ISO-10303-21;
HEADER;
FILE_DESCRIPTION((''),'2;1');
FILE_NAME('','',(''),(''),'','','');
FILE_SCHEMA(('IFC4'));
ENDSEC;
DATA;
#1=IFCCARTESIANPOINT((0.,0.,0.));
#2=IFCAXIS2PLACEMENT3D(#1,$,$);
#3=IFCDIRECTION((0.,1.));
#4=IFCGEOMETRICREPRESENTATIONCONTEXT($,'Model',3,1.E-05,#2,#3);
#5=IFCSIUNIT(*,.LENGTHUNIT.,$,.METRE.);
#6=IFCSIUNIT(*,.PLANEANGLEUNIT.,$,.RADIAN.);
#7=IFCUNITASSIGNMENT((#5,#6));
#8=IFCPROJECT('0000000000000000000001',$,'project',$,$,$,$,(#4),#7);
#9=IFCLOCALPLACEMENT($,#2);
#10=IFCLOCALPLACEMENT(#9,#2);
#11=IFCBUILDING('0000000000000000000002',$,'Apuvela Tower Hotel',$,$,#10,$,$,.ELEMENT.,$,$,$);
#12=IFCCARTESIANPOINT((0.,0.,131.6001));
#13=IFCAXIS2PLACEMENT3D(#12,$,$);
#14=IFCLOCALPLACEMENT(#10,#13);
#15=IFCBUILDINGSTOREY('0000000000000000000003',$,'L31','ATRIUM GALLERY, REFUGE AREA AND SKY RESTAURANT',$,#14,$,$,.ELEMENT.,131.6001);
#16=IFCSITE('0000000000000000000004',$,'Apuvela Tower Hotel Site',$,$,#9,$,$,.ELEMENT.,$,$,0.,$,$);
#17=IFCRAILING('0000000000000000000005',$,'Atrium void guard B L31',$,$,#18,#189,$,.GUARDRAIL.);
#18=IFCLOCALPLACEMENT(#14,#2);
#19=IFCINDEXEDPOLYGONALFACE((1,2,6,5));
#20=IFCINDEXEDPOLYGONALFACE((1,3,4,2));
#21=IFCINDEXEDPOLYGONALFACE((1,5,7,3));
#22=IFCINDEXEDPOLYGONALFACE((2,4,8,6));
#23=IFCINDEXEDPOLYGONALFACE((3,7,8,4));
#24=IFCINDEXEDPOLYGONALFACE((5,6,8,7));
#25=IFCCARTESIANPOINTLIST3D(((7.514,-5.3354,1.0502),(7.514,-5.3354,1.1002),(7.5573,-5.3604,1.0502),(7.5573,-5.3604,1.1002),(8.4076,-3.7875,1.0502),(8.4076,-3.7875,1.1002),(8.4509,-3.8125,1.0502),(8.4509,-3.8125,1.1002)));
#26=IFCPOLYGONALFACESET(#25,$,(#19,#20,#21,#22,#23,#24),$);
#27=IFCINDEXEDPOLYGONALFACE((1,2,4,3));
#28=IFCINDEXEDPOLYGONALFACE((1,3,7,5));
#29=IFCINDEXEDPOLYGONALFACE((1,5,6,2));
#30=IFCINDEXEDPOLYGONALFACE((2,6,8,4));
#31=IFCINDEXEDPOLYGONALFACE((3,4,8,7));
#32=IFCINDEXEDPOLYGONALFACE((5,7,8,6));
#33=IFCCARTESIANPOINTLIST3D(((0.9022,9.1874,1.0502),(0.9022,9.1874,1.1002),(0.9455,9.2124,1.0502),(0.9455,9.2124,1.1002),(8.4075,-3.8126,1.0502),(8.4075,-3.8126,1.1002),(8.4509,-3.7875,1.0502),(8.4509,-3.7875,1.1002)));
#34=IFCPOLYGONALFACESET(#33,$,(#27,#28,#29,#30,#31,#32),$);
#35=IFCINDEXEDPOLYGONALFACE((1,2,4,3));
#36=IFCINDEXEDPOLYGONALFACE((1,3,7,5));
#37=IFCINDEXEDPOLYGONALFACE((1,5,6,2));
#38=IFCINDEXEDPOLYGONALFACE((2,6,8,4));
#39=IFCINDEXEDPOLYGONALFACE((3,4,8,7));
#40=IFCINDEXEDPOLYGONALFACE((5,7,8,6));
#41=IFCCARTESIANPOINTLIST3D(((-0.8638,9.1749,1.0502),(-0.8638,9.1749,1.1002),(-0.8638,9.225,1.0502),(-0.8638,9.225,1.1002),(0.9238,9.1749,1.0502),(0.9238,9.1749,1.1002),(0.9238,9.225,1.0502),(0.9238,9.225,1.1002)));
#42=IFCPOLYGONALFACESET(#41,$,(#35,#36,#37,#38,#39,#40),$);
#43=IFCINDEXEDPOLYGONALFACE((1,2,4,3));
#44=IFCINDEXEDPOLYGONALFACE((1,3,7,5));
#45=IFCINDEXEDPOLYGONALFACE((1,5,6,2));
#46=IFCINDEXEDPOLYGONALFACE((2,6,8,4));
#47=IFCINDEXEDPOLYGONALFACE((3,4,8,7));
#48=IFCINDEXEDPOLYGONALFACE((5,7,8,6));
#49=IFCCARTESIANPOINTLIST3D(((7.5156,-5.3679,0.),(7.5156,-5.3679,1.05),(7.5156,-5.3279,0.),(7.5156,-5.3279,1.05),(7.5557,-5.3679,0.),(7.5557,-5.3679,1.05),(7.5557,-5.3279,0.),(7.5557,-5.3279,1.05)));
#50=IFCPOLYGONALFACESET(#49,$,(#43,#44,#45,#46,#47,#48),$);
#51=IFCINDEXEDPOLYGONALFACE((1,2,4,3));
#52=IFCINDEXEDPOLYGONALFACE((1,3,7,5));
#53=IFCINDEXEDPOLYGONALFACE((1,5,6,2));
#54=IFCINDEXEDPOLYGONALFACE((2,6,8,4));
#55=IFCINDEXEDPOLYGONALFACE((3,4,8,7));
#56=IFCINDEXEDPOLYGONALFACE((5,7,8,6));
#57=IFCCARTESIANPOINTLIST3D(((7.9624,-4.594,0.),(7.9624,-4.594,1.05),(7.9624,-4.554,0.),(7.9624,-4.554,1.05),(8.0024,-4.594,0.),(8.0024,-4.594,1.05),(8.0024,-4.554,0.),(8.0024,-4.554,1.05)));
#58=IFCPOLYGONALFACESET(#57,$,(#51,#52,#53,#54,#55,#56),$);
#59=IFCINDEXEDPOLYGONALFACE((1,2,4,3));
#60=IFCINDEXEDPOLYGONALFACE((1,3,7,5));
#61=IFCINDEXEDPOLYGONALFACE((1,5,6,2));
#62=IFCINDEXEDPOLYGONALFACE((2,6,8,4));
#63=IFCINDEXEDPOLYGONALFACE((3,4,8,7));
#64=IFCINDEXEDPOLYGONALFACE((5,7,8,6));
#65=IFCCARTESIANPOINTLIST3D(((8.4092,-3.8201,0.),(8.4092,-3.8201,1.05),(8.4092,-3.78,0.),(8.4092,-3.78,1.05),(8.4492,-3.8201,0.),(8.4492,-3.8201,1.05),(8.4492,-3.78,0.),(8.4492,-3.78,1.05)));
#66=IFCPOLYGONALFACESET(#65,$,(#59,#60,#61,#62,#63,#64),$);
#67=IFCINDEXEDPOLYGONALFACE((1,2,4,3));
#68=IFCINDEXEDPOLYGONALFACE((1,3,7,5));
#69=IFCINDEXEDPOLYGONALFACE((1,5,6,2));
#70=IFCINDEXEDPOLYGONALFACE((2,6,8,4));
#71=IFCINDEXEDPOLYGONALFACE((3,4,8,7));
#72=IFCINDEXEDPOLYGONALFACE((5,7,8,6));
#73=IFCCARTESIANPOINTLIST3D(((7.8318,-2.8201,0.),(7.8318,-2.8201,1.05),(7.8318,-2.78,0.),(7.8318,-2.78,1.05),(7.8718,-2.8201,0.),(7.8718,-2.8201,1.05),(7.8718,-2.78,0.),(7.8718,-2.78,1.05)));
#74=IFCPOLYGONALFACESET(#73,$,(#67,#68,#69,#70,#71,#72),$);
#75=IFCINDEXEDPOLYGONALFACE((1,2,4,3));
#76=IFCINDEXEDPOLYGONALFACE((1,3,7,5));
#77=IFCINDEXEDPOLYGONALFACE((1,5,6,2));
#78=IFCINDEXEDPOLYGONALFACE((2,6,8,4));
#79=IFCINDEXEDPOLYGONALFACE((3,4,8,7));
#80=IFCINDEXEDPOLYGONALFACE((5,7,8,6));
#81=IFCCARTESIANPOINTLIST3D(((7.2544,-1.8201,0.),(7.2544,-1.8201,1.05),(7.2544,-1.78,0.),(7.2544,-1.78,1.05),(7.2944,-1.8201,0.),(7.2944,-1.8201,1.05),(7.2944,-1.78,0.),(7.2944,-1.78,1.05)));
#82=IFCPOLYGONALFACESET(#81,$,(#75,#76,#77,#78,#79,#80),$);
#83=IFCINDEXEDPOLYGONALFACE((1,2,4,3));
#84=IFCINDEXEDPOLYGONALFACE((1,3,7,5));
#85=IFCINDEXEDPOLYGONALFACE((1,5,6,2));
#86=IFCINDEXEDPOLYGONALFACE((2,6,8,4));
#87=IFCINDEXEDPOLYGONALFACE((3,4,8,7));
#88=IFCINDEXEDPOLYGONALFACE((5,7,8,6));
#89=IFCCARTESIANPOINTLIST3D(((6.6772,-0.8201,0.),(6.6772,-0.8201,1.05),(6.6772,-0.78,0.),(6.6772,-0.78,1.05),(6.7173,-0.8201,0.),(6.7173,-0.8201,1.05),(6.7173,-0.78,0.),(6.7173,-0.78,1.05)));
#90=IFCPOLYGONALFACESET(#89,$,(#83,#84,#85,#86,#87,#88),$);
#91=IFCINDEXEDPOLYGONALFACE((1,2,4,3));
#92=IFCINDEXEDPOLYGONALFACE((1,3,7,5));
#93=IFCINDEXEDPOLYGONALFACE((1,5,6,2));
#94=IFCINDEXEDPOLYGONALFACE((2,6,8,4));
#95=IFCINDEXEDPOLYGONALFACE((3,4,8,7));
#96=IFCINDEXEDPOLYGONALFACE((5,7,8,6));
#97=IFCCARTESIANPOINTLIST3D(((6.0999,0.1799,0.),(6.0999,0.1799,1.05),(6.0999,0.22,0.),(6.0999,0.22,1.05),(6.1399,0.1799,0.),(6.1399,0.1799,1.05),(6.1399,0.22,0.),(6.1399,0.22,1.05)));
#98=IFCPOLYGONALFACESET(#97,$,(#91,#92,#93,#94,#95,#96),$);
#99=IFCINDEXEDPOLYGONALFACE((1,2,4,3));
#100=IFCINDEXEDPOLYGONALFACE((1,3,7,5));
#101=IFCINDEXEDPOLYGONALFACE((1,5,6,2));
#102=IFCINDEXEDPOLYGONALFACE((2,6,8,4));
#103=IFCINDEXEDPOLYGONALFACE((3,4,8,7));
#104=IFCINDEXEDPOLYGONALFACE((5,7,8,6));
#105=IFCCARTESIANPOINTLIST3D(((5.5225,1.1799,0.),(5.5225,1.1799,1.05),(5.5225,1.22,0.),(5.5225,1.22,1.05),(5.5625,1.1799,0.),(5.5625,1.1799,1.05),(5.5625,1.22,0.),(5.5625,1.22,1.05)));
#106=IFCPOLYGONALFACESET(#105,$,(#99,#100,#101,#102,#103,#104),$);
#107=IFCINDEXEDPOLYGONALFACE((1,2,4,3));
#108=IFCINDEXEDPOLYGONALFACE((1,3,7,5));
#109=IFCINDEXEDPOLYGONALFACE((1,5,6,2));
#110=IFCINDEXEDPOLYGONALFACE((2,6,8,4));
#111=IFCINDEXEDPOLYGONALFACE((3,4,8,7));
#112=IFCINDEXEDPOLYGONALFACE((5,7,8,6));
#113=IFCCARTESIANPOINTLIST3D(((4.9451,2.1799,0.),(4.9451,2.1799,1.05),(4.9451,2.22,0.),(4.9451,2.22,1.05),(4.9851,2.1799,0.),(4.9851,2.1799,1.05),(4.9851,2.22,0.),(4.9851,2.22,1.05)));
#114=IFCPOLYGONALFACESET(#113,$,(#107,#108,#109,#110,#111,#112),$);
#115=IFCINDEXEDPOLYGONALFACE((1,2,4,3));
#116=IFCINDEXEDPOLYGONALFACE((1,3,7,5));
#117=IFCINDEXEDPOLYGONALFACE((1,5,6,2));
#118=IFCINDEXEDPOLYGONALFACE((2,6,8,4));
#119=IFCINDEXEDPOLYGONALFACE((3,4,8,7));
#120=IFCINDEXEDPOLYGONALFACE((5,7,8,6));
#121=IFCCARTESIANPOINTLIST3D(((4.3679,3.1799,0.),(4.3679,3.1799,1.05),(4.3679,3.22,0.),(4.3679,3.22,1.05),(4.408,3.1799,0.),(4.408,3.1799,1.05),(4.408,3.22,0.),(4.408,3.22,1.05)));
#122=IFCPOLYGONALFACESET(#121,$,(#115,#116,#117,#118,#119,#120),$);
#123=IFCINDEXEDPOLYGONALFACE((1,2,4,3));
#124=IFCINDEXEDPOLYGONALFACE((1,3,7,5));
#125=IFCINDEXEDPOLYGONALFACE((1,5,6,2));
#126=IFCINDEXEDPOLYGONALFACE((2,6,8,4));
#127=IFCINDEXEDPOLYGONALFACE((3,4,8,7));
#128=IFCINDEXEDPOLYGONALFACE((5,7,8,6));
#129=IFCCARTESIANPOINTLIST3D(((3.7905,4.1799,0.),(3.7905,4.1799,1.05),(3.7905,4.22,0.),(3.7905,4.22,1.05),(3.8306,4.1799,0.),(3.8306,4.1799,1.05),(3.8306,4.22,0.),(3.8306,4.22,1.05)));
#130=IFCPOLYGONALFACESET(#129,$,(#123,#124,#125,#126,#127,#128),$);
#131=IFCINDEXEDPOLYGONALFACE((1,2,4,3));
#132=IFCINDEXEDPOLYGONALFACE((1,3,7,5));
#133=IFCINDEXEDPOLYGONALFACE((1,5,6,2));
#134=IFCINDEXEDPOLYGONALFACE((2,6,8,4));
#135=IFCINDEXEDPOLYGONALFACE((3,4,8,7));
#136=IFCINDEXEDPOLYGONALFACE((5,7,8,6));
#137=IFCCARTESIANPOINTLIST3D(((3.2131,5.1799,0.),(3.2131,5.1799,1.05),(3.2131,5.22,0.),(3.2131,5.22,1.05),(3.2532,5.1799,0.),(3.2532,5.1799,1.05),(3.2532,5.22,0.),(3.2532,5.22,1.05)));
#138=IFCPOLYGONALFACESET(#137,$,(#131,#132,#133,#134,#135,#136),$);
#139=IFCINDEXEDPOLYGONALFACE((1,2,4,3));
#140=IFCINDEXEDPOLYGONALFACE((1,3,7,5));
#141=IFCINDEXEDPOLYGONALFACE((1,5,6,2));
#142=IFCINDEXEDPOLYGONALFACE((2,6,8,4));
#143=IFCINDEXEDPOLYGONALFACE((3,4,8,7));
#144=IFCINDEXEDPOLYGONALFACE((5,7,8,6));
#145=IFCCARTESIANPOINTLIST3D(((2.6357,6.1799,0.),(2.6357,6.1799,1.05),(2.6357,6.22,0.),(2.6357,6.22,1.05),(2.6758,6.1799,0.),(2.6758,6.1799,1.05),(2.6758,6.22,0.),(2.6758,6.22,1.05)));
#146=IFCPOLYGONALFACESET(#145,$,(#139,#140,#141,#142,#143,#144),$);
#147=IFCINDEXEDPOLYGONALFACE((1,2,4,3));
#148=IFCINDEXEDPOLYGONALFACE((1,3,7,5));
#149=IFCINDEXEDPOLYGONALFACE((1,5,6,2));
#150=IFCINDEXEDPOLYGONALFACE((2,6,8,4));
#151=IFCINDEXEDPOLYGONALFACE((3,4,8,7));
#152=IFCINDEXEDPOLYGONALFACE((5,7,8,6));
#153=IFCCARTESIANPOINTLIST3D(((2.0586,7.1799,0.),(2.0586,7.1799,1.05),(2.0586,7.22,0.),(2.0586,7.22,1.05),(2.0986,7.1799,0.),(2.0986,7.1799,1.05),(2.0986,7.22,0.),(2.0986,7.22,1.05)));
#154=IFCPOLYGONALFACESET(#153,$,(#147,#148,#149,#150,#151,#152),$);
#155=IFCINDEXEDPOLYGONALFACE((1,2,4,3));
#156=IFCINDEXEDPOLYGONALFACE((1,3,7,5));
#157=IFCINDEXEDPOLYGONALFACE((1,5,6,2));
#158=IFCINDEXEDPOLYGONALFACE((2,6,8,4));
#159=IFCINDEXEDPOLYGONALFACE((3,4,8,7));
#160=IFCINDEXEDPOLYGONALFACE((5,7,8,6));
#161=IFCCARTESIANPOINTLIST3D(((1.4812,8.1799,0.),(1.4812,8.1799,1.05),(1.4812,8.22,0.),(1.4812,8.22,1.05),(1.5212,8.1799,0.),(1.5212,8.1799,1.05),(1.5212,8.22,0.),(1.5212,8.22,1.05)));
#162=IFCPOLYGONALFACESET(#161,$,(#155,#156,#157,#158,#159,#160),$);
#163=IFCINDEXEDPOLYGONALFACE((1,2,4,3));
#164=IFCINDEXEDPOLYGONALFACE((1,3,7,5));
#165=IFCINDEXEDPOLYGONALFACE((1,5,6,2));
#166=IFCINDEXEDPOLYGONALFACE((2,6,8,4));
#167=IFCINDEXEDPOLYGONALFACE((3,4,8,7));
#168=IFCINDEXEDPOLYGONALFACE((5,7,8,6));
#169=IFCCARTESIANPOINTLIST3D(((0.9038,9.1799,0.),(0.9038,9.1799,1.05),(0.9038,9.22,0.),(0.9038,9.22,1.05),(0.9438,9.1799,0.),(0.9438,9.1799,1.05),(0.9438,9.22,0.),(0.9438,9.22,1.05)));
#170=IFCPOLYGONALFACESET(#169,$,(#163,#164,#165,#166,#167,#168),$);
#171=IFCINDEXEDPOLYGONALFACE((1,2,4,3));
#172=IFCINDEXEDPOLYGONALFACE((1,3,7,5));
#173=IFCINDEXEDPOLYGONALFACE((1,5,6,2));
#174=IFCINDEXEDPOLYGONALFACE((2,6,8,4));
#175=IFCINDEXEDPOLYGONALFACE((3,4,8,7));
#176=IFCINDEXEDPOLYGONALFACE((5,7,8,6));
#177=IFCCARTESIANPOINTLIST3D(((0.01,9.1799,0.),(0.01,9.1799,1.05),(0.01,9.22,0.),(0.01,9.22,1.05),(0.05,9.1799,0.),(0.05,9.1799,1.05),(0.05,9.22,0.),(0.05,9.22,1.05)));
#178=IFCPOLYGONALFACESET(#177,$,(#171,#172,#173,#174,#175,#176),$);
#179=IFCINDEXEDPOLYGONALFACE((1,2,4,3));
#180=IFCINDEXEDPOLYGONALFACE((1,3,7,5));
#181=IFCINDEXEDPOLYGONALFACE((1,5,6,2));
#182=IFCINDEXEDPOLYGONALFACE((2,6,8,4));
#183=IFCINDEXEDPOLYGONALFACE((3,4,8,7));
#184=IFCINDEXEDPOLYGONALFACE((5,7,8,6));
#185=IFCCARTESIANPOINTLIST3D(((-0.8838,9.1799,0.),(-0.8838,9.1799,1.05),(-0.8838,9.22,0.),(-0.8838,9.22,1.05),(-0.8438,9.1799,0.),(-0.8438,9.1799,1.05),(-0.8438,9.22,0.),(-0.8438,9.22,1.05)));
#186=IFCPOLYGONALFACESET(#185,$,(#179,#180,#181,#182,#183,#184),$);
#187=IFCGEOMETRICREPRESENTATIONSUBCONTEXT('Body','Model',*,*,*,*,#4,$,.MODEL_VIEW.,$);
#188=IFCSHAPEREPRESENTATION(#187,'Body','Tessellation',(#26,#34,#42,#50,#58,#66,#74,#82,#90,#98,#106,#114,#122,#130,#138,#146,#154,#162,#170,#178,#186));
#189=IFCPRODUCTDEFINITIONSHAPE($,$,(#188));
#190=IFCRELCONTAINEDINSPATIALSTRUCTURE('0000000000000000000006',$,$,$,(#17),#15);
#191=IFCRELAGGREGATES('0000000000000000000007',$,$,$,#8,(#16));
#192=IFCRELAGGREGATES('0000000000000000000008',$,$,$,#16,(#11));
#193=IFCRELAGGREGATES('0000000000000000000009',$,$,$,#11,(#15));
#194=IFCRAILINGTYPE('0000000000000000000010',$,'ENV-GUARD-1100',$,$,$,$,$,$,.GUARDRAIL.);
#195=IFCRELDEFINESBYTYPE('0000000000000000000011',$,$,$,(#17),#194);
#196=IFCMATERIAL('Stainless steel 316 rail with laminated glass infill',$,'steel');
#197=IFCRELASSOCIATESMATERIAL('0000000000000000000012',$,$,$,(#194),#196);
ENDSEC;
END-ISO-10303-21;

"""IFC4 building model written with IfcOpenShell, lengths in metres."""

from ifc_helpers import new_model, si_unit, direction, frame, origin, origin_2d, place, context, subcontext, project, spatial, rectangle, extrude, material, type_object, element, save


model = new_model("IFC4")

# Units and contexts
model_context = context("Model", 3, precision=1e-05, world=origin(), true_north=direction((0.0, 1.0)))
body_context = subcontext(model_context, "Body", "Model", "MODEL_VIEW")
ifc_project = project(units=[si_unit("LENGTHUNIT", "METRE"), si_unit("PLANEANGLEUNIT", "RADIAN")], contexts=[model_context])

# Site, building, storey
site_placement = place(None, origin())
site = spatial("IfcSite", under=ifc_project, at=site_placement, Name="Apuvela Tower Hotel Site", CompositionType="ELEMENT", RefElevation=0.0)
building_placement = place(site_placement, origin())
building = spatial("IfcBuilding", under=site, at=building_placement, Name="Apuvela Tower Hotel", CompositionType="ELEMENT")
storey_placement = place(building_placement, frame((0.0, 0.0, 131.6001)))
storey = spatial("IfcBuildingStorey", under=building, at=storey_placement, Name="L31", Description="ATRIUM GALLERY, REFUGE AREA AND SKY RESTAURANT", CompositionType="ELEMENT", Elevation=131.6001)

# Railing
ifc_material_1 = material(Name="Stainless steel 316 rail with laminated glass infill", Category="steel")
railing_type_1 = type_object("IfcRailingType", Name="ENV-GUARD-1100", PredefinedType="GUARDRAIL", material=ifc_material_1)
railing_1_placement = place(storey_placement, frame((7.5356, -5.3479, 0.0)))
element("IfcRailing", 1, at=railing_1_placement, inside=storey, type_object=railing_type_1, Name="Atrium void guard B L31", PredefinedType="GUARDRAIL", context=body_context, shape_type="SweptSolid", body=[
    extrude(rectangle(XDim=0.05, YDim=0.05, at=origin_2d()), frame((0.0, 0.0, 1.0752), z_axis=(0.499959, 0.866049, 0.0), x_axis=(-0.866049, 0.499959, 0.0)), (0.0, 0.0, 1.0), 1.7874),
    extrude(rectangle(XDim=0.05, YDim=0.05, at=origin_2d()), frame((0.8936, 1.5479, 1.0752), z_axis=(-0.499991, 0.866031, 0.0), x_axis=(-0.866031, -0.499991, 0.0)), (0.0, 0.0, 1.0), 15.011),
    extrude(rectangle(XDim=0.05, YDim=0.05, at=origin_2d()), frame((-6.6118, 14.5479, 1.0752), z_axis=(-1.0, 0.0, 0.0), x_axis=(0.0, -1.0, 0.0)), (0.0, 0.0, 1.0), 1.7876),
    extrude(rectangle(XDim=0.04, YDim=0.04, at=origin_2d()), origin(), (0.0, 0.0, 1.0), 1.05),
    extrude(rectangle(XDim=0.04, YDim=0.04, at=origin_2d()), frame((0.4468, 0.7739, 0.0)), (0.0, 0.0, 1.0), 1.05),
    extrude(rectangle(XDim=0.04, YDim=0.04, at=origin_2d()), frame((0.8936, 1.5479, 0.0)), (0.0, 0.0, 1.0), 1.05),
    extrude(rectangle(XDim=0.04, YDim=0.04, at=origin_2d()), frame((0.3162, 2.5479, 0.0)), (0.0, 0.0, 1.0), 1.05),
    extrude(rectangle(XDim=0.04, YDim=0.04, at=origin_2d()), frame((-0.2612, 3.5479, 0.0)), (0.0, 0.0, 1.0), 1.05),
    extrude(rectangle(XDim=0.04, YDim=0.04, at=origin_2d()), frame((-0.8384, 4.5479, 0.0)), (0.0, 0.0, 1.0), 1.05),
    extrude(rectangle(XDim=0.04, YDim=0.04, at=origin_2d()), frame((-1.4158, 5.5479, 0.0)), (0.0, 0.0, 1.0), 1.05),
    extrude(rectangle(XDim=0.04, YDim=0.04, at=origin_2d()), frame((-1.9932, 6.5479, 0.0)), (0.0, 0.0, 1.0), 1.05),
    extrude(rectangle(XDim=0.04, YDim=0.04, at=origin_2d()), frame((-2.5706, 7.5479, 0.0)), (0.0, 0.0, 1.0), 1.05),
    extrude(rectangle(XDim=0.04, YDim=0.04, at=origin_2d()), frame((-3.1477, 8.5479, 0.0)), (0.0, 0.0, 1.0), 1.05),
    extrude(rectangle(XDim=0.04, YDim=0.04, at=origin_2d()), frame((-3.7251, 9.5479, 0.0)), (0.0, 0.0, 1.0), 1.05),
    extrude(rectangle(XDim=0.04, YDim=0.04, at=origin_2d()), frame((-4.3025, 10.5479, 0.0)), (0.0, 0.0, 1.0), 1.05),
    extrude(rectangle(XDim=0.04, YDim=0.04, at=origin_2d()), frame((-4.8799, 11.5479, 0.0)), (0.0, 0.0, 1.0), 1.05),
    extrude(rectangle(XDim=0.04, YDim=0.04, at=origin_2d()), frame((-5.457, 12.5479, 0.0)), (0.0, 0.0, 1.0), 1.05),
    extrude(rectangle(XDim=0.04, YDim=0.04, at=origin_2d()), frame((-6.0344, 13.5479, 0.0)), (0.0, 0.0, 1.0), 1.05),
    extrude(rectangle(XDim=0.04, YDim=0.04, at=origin_2d()), frame((-6.6118, 14.5479, 0.0)), (0.0, 0.0, 1.0), 1.05),
    extrude(rectangle(XDim=0.04, YDim=0.04, at=origin_2d()), frame((-7.5056, 14.5479, 0.0)), (0.0, 0.0, 1.0), 1.05),
    extrude(rectangle(XDim=0.04, YDim=0.04, at=origin_2d()), frame((-8.3994, 14.5479, 0.0)), (0.0, 0.0, 1.0), 1.05),
])

save(model, "model.ifc")
